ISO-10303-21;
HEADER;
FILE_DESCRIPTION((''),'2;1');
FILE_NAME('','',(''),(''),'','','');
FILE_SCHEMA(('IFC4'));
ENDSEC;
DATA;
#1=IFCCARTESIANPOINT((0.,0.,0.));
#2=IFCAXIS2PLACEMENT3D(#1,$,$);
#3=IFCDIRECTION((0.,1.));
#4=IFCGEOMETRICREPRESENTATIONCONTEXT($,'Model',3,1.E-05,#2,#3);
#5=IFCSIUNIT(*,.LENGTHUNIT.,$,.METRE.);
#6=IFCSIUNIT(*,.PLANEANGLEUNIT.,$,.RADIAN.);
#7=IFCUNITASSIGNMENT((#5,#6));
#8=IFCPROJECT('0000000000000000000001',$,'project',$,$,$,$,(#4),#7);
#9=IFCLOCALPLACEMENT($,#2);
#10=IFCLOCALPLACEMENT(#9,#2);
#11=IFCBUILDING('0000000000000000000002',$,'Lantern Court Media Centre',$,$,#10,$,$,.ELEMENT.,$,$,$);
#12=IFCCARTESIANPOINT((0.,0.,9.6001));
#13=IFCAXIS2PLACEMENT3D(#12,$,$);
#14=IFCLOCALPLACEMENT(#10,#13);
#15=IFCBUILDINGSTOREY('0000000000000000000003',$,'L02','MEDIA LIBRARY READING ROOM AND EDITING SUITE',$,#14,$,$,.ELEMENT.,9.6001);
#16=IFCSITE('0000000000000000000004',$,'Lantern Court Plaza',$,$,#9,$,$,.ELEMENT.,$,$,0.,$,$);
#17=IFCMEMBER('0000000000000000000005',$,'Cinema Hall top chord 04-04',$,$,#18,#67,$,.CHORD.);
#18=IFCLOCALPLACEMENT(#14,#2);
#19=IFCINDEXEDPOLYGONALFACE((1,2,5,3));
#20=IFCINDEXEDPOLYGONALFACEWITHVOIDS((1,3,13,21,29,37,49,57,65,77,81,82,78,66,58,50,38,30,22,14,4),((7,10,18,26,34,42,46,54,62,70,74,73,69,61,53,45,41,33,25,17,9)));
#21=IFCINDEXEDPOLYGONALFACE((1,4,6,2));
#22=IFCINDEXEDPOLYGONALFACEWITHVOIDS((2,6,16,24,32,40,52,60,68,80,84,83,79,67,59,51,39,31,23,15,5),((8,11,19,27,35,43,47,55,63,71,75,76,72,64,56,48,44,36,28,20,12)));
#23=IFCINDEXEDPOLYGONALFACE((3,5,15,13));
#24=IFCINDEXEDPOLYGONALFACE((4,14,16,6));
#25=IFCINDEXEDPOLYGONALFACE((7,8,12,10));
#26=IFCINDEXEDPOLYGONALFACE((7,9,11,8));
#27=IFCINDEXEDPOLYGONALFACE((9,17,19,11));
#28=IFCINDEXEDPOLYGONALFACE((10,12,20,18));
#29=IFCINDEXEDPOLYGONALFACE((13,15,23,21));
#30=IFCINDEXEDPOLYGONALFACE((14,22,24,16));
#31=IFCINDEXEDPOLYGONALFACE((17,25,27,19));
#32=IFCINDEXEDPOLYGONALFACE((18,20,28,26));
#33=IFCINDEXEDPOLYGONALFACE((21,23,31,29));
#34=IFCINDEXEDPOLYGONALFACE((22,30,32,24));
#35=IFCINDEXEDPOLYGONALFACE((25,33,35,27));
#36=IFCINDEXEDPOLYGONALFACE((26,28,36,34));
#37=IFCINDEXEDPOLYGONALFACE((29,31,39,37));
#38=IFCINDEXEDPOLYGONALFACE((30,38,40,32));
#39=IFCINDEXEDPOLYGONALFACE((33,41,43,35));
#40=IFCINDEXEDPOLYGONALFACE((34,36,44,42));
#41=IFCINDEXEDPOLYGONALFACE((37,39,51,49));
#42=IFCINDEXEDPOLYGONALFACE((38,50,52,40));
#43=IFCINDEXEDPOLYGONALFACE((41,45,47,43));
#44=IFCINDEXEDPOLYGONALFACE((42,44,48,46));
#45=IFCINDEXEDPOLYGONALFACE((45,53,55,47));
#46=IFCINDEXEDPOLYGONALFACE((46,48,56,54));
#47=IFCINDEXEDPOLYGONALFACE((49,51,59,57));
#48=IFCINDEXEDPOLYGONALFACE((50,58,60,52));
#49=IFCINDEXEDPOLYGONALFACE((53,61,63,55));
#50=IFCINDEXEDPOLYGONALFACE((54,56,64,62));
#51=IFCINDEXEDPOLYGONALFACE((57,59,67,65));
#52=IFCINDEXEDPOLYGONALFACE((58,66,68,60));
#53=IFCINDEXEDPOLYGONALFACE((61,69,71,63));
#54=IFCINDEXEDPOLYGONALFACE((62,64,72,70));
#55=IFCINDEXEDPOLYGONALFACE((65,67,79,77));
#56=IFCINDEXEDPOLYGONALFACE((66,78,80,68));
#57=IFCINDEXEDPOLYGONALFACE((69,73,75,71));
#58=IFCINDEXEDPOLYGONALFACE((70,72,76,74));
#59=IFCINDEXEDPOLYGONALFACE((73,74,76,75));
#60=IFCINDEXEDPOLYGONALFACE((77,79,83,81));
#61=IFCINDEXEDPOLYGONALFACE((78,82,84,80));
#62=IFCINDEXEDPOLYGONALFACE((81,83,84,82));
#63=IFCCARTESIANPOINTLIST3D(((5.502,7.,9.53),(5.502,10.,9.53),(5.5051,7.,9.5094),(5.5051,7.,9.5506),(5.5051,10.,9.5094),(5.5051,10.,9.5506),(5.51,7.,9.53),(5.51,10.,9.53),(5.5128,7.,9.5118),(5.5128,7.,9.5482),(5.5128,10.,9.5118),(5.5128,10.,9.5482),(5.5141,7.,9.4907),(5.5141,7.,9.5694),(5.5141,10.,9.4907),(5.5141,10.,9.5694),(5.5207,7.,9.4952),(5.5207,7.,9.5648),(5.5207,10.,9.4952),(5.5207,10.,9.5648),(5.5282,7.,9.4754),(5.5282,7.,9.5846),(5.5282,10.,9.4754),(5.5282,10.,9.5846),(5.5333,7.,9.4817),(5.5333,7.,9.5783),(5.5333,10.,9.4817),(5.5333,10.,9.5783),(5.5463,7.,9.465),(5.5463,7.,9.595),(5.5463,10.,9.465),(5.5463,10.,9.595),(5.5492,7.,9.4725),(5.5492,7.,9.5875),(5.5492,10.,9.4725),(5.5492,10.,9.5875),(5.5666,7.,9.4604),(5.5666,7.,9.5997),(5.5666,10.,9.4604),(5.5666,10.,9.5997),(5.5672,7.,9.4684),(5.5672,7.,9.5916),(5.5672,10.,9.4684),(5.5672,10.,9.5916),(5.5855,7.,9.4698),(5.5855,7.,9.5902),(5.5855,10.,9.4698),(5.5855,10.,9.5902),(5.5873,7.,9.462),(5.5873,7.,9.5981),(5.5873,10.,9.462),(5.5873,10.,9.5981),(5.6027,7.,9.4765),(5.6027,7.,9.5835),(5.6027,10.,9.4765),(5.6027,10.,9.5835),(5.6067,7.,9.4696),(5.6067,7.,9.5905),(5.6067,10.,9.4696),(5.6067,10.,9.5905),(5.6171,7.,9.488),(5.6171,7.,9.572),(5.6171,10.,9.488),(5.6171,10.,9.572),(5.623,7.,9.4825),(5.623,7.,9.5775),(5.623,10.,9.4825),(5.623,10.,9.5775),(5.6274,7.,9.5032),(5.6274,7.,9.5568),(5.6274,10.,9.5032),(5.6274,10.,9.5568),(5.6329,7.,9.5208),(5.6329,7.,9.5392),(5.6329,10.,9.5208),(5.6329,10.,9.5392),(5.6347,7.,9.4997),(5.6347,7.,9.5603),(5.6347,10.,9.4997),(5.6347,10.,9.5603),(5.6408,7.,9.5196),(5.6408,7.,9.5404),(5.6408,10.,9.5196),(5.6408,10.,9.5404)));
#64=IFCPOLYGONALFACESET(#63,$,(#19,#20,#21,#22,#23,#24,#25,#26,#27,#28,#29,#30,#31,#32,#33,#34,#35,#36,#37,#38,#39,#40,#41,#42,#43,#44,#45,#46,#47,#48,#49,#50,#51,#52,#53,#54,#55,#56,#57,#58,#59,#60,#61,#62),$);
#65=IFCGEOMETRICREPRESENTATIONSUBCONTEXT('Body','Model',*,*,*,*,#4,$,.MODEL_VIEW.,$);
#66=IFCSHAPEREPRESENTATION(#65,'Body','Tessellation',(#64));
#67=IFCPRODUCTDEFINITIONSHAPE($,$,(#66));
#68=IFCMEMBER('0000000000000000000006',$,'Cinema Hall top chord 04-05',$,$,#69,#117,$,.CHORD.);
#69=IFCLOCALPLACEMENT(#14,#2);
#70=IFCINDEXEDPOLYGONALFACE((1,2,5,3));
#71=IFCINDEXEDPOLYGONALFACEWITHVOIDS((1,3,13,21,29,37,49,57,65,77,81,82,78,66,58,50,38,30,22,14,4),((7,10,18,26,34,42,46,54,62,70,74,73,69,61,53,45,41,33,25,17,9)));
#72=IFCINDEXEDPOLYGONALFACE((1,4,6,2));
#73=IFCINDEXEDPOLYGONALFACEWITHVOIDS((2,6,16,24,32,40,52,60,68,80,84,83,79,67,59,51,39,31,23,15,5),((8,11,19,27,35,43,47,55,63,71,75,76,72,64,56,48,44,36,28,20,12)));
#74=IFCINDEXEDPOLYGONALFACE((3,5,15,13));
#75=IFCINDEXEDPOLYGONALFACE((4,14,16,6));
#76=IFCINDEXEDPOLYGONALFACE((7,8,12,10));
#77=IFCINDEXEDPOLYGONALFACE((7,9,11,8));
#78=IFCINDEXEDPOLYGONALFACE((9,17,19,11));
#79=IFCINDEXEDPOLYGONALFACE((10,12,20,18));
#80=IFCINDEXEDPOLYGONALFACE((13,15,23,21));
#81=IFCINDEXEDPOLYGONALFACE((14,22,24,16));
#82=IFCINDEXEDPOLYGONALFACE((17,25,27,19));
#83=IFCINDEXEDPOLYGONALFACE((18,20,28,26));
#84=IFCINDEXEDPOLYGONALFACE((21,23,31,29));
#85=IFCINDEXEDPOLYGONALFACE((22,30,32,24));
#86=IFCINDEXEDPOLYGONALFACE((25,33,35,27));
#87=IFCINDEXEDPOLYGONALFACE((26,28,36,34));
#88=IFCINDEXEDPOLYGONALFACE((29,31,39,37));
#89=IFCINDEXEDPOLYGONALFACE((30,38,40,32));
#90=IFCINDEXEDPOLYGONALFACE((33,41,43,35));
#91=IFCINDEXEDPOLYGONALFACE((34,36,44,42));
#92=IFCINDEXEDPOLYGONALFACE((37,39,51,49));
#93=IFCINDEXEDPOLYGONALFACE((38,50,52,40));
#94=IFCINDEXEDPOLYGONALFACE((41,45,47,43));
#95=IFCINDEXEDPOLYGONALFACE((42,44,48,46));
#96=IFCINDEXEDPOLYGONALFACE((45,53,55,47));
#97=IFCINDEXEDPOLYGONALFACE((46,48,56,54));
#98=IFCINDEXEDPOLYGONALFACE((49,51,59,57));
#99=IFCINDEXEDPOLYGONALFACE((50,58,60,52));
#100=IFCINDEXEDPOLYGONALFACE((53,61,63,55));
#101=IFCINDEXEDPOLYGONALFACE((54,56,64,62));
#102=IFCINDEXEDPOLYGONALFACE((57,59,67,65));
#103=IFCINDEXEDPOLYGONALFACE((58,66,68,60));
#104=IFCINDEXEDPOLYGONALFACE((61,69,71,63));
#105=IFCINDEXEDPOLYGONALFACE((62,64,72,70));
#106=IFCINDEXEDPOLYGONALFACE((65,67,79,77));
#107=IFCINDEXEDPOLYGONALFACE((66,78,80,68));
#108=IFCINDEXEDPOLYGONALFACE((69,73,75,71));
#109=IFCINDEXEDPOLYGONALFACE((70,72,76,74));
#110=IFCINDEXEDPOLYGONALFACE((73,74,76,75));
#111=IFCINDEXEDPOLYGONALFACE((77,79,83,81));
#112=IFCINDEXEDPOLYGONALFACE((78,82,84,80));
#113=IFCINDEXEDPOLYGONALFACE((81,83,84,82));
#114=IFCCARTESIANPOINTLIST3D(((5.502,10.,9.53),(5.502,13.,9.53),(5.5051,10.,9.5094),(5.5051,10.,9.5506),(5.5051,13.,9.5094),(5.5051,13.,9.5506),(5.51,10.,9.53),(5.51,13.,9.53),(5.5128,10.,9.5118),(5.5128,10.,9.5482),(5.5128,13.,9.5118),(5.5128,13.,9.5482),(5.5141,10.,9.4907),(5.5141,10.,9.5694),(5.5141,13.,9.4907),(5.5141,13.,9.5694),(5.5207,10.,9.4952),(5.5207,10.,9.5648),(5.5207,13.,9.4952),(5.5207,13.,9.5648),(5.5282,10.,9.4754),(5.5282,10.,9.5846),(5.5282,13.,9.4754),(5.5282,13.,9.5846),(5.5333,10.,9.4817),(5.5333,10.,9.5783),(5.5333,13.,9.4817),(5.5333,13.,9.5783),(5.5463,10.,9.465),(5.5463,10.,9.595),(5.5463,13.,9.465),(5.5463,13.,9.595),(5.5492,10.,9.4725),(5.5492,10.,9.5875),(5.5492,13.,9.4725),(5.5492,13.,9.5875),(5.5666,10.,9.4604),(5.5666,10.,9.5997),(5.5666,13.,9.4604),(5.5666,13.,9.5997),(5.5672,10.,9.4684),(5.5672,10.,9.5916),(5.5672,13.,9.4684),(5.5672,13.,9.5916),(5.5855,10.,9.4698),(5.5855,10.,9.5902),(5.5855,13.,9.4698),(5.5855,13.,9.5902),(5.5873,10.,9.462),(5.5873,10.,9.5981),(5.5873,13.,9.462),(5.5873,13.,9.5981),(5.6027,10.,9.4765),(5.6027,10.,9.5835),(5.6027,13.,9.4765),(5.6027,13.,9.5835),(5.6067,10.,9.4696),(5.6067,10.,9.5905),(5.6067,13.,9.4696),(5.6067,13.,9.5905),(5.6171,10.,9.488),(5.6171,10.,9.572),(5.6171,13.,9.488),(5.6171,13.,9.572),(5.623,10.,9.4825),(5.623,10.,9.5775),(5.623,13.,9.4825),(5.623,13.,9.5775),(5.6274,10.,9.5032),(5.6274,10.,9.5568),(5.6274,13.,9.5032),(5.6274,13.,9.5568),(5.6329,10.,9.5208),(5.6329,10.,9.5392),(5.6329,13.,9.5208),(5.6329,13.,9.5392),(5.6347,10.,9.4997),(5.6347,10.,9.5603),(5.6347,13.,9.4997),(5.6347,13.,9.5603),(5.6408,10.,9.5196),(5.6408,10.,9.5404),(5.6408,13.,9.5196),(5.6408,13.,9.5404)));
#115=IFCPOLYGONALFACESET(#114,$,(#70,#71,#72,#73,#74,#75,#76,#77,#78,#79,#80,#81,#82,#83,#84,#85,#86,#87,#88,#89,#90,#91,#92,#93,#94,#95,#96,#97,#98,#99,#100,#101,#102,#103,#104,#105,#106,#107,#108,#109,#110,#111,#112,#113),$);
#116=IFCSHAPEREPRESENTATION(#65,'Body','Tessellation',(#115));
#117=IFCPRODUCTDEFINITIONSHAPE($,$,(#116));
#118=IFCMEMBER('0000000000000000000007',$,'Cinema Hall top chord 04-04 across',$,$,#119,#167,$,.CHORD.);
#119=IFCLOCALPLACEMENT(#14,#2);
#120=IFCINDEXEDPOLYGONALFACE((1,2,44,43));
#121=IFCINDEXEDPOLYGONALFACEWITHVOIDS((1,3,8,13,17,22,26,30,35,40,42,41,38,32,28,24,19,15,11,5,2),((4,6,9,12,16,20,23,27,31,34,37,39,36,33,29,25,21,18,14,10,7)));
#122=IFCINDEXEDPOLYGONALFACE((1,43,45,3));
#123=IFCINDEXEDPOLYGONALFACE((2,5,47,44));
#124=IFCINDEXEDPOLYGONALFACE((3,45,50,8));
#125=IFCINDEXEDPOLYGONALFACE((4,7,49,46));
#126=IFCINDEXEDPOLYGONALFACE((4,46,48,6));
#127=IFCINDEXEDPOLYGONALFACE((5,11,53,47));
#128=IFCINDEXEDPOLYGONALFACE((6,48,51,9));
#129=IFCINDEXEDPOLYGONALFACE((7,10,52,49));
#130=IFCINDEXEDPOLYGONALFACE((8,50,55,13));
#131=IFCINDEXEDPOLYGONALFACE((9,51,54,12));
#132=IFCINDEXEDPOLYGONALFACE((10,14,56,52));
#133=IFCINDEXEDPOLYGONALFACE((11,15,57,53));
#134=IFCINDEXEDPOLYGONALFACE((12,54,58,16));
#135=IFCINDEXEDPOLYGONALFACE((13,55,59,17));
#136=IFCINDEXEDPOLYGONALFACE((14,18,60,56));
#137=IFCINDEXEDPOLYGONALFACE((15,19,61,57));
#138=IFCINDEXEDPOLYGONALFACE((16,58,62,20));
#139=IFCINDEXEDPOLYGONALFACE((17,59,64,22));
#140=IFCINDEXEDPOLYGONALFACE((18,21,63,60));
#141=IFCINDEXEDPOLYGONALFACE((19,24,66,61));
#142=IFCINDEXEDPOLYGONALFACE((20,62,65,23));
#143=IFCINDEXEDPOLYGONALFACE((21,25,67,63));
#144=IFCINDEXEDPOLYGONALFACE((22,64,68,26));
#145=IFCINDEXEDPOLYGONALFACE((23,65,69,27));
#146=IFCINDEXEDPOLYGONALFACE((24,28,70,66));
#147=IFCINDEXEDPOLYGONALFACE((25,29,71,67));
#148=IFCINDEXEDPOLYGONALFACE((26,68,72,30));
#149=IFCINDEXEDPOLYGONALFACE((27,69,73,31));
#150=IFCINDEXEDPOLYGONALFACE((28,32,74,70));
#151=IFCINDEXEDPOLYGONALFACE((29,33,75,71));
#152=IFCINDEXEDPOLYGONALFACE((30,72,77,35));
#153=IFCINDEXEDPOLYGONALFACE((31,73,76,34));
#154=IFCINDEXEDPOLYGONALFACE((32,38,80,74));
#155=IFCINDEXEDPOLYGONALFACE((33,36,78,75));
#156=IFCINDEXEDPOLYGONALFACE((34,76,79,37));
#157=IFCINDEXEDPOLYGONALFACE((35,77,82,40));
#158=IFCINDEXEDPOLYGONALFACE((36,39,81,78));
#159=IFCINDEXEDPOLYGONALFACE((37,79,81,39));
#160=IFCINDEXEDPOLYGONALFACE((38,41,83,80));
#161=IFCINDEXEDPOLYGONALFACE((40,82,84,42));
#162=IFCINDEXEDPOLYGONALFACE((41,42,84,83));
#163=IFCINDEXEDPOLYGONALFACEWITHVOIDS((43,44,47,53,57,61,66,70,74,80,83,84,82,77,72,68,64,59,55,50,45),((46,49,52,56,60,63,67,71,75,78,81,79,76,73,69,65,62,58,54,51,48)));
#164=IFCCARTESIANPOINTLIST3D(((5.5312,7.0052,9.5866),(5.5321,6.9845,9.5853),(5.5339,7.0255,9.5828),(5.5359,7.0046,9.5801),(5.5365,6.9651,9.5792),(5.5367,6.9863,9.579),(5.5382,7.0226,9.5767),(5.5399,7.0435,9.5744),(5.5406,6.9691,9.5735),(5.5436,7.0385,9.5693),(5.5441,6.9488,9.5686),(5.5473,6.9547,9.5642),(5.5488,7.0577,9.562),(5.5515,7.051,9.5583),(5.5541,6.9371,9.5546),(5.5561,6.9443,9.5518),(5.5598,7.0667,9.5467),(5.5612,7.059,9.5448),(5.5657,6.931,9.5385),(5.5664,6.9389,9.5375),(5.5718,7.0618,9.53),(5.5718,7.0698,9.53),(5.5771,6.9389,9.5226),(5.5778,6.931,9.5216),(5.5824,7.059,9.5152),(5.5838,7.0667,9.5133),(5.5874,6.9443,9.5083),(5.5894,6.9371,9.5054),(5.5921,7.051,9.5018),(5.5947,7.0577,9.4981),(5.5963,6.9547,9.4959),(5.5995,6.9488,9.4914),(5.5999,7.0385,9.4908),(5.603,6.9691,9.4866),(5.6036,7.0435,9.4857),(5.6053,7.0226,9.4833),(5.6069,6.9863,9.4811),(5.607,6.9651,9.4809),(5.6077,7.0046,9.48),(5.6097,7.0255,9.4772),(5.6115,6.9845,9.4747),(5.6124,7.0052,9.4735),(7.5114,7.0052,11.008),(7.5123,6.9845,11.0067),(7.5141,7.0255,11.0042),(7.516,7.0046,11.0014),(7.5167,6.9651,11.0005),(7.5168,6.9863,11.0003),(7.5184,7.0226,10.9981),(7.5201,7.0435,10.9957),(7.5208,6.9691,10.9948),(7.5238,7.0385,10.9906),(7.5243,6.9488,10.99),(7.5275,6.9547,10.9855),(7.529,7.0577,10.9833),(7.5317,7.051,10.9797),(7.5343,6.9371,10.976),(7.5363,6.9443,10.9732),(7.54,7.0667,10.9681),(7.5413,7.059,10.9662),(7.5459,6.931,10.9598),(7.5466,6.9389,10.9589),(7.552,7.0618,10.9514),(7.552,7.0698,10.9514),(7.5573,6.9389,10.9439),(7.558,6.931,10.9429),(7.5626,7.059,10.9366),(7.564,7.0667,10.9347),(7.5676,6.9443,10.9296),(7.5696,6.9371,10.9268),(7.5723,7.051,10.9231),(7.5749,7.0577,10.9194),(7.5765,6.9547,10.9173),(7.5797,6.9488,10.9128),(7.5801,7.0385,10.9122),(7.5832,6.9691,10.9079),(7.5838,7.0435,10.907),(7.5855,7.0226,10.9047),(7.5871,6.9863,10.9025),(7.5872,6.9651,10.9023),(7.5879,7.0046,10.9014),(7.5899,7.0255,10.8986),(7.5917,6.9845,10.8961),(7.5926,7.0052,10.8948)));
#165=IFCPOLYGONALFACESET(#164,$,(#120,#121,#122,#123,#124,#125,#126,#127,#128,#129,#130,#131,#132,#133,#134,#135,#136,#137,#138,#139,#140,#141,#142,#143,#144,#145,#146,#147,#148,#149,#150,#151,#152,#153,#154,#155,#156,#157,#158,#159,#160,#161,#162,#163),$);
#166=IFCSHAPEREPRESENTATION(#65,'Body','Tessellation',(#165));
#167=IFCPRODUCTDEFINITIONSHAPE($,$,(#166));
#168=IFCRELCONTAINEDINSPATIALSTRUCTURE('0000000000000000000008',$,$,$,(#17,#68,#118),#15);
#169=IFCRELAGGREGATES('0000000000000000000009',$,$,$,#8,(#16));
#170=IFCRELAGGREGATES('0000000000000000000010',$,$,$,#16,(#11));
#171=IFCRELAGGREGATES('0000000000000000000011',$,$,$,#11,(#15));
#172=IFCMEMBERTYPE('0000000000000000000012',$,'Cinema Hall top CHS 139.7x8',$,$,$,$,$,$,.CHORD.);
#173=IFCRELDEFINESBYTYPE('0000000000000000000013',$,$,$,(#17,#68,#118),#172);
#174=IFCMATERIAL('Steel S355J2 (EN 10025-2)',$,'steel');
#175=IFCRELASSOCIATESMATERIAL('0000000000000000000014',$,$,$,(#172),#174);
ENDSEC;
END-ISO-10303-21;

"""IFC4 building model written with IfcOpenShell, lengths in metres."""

from ifc_helpers import new_model, si_unit, direction, frame, origin, origin_2d, place, context, subcontext, project, spatial, hollow_circle, extrude, material, material_profile, profile_set, type_object, element, save


model = new_model("IFC4")

# Units and contexts
model_context = context("Model", 3, precision=1e-05, world=origin(), true_north=direction((0.0, 1.0)))
body_context = subcontext(model_context, "Body", "Model", "MODEL_VIEW")
ifc_project = project(units=[si_unit("LENGTHUNIT", "METRE"), si_unit("PLANEANGLEUNIT", "RADIAN")], contexts=[model_context])

# Site, building, storey
site_placement = place(None, origin())
site = spatial("IfcSite", under=ifc_project, at=site_placement, Name="Lantern Court Plaza", CompositionType="ELEMENT", RefElevation=0.0)
building_placement = place(site_placement, origin())
building = spatial("IfcBuilding", under=site, at=building_placement, Name="Lantern Court Media Centre", CompositionType="ELEMENT")
storey_placement = place(building_placement, frame((0.0, 0.0, 9.6001)))
storey = spatial("IfcBuildingStorey", under=building, at=storey_placement, Name="L02", Description="MEDIA LIBRARY READING ROOM AND EDITING SUITE", CompositionType="ELEMENT", Elevation=9.6001)

# Members
ifc_material = material(Name="Steel S355J2 (EN 10025-2)", Category="steel")
ifc_material_profile_1 = material_profile(ifc_material, hollow_circle(Radius=0.0698, WallThickness=0.0081, at=origin_2d()), Name="Cinema Hall top CHS 139.7x8")
ifc_profile_set_1 = profile_set([ifc_material_profile_1], Name="Steel S355J2 (EN 10025-2)")
member_type_1 = type_object("IfcMemberType", Name="Cinema Hall top CHS 139.7x8", PredefinedType="CHORD", material=ifc_profile_set_1)
for number, where, z_axis, x_axis, name in (
    (1, (5.5718, 7.0, 9.53), (0.0, 1.0, 0.0), (-1.0, 0.0, 0.0), "Cinema Hall top chord 04-04"),
    (2, (5.5718, 10.0, 9.53), (0.0, 1.0, 0.0), (-1.0, 0.0, 0.0), "Cinema Hall top chord 04-05"),
):
    element("IfcMember", number, at=place(storey_placement, frame(where, z_axis=z_axis, x_axis=x_axis)), inside=storey, type_object=member_type_1, Name=name, PredefinedType="CHORD", context=body_context, shape_type="SweptSolid", body=[
        extrude(hollow_circle(Radius=0.0698, WallThickness=0.0081, at=origin_2d()), origin(), (0.0, 0.0, 1.0), 3.0),
    ])
for number, where, z_axis, x_axis, name in (
    (3, (5.5718, 7.0, 9.53), (0.812385, 0.0, 0.583122), (0.0, 1.0, 0.0), "Cinema Hall top chord 04-04 across"),
):
    element("IfcMember", number, at=place(storey_placement, frame(where, z_axis=z_axis, x_axis=x_axis)), inside=storey, type_object=member_type_1, Name=name, PredefinedType="CHORD", context=body_context, shape_type="SweptSolid", body=[
        extrude(hollow_circle(Radius=0.0698, WallThickness=0.0081, at=origin_2d()), origin(), (0.0, 0.0, 1.0), 2.4375),
    ])

save(model, "model.ifc")
